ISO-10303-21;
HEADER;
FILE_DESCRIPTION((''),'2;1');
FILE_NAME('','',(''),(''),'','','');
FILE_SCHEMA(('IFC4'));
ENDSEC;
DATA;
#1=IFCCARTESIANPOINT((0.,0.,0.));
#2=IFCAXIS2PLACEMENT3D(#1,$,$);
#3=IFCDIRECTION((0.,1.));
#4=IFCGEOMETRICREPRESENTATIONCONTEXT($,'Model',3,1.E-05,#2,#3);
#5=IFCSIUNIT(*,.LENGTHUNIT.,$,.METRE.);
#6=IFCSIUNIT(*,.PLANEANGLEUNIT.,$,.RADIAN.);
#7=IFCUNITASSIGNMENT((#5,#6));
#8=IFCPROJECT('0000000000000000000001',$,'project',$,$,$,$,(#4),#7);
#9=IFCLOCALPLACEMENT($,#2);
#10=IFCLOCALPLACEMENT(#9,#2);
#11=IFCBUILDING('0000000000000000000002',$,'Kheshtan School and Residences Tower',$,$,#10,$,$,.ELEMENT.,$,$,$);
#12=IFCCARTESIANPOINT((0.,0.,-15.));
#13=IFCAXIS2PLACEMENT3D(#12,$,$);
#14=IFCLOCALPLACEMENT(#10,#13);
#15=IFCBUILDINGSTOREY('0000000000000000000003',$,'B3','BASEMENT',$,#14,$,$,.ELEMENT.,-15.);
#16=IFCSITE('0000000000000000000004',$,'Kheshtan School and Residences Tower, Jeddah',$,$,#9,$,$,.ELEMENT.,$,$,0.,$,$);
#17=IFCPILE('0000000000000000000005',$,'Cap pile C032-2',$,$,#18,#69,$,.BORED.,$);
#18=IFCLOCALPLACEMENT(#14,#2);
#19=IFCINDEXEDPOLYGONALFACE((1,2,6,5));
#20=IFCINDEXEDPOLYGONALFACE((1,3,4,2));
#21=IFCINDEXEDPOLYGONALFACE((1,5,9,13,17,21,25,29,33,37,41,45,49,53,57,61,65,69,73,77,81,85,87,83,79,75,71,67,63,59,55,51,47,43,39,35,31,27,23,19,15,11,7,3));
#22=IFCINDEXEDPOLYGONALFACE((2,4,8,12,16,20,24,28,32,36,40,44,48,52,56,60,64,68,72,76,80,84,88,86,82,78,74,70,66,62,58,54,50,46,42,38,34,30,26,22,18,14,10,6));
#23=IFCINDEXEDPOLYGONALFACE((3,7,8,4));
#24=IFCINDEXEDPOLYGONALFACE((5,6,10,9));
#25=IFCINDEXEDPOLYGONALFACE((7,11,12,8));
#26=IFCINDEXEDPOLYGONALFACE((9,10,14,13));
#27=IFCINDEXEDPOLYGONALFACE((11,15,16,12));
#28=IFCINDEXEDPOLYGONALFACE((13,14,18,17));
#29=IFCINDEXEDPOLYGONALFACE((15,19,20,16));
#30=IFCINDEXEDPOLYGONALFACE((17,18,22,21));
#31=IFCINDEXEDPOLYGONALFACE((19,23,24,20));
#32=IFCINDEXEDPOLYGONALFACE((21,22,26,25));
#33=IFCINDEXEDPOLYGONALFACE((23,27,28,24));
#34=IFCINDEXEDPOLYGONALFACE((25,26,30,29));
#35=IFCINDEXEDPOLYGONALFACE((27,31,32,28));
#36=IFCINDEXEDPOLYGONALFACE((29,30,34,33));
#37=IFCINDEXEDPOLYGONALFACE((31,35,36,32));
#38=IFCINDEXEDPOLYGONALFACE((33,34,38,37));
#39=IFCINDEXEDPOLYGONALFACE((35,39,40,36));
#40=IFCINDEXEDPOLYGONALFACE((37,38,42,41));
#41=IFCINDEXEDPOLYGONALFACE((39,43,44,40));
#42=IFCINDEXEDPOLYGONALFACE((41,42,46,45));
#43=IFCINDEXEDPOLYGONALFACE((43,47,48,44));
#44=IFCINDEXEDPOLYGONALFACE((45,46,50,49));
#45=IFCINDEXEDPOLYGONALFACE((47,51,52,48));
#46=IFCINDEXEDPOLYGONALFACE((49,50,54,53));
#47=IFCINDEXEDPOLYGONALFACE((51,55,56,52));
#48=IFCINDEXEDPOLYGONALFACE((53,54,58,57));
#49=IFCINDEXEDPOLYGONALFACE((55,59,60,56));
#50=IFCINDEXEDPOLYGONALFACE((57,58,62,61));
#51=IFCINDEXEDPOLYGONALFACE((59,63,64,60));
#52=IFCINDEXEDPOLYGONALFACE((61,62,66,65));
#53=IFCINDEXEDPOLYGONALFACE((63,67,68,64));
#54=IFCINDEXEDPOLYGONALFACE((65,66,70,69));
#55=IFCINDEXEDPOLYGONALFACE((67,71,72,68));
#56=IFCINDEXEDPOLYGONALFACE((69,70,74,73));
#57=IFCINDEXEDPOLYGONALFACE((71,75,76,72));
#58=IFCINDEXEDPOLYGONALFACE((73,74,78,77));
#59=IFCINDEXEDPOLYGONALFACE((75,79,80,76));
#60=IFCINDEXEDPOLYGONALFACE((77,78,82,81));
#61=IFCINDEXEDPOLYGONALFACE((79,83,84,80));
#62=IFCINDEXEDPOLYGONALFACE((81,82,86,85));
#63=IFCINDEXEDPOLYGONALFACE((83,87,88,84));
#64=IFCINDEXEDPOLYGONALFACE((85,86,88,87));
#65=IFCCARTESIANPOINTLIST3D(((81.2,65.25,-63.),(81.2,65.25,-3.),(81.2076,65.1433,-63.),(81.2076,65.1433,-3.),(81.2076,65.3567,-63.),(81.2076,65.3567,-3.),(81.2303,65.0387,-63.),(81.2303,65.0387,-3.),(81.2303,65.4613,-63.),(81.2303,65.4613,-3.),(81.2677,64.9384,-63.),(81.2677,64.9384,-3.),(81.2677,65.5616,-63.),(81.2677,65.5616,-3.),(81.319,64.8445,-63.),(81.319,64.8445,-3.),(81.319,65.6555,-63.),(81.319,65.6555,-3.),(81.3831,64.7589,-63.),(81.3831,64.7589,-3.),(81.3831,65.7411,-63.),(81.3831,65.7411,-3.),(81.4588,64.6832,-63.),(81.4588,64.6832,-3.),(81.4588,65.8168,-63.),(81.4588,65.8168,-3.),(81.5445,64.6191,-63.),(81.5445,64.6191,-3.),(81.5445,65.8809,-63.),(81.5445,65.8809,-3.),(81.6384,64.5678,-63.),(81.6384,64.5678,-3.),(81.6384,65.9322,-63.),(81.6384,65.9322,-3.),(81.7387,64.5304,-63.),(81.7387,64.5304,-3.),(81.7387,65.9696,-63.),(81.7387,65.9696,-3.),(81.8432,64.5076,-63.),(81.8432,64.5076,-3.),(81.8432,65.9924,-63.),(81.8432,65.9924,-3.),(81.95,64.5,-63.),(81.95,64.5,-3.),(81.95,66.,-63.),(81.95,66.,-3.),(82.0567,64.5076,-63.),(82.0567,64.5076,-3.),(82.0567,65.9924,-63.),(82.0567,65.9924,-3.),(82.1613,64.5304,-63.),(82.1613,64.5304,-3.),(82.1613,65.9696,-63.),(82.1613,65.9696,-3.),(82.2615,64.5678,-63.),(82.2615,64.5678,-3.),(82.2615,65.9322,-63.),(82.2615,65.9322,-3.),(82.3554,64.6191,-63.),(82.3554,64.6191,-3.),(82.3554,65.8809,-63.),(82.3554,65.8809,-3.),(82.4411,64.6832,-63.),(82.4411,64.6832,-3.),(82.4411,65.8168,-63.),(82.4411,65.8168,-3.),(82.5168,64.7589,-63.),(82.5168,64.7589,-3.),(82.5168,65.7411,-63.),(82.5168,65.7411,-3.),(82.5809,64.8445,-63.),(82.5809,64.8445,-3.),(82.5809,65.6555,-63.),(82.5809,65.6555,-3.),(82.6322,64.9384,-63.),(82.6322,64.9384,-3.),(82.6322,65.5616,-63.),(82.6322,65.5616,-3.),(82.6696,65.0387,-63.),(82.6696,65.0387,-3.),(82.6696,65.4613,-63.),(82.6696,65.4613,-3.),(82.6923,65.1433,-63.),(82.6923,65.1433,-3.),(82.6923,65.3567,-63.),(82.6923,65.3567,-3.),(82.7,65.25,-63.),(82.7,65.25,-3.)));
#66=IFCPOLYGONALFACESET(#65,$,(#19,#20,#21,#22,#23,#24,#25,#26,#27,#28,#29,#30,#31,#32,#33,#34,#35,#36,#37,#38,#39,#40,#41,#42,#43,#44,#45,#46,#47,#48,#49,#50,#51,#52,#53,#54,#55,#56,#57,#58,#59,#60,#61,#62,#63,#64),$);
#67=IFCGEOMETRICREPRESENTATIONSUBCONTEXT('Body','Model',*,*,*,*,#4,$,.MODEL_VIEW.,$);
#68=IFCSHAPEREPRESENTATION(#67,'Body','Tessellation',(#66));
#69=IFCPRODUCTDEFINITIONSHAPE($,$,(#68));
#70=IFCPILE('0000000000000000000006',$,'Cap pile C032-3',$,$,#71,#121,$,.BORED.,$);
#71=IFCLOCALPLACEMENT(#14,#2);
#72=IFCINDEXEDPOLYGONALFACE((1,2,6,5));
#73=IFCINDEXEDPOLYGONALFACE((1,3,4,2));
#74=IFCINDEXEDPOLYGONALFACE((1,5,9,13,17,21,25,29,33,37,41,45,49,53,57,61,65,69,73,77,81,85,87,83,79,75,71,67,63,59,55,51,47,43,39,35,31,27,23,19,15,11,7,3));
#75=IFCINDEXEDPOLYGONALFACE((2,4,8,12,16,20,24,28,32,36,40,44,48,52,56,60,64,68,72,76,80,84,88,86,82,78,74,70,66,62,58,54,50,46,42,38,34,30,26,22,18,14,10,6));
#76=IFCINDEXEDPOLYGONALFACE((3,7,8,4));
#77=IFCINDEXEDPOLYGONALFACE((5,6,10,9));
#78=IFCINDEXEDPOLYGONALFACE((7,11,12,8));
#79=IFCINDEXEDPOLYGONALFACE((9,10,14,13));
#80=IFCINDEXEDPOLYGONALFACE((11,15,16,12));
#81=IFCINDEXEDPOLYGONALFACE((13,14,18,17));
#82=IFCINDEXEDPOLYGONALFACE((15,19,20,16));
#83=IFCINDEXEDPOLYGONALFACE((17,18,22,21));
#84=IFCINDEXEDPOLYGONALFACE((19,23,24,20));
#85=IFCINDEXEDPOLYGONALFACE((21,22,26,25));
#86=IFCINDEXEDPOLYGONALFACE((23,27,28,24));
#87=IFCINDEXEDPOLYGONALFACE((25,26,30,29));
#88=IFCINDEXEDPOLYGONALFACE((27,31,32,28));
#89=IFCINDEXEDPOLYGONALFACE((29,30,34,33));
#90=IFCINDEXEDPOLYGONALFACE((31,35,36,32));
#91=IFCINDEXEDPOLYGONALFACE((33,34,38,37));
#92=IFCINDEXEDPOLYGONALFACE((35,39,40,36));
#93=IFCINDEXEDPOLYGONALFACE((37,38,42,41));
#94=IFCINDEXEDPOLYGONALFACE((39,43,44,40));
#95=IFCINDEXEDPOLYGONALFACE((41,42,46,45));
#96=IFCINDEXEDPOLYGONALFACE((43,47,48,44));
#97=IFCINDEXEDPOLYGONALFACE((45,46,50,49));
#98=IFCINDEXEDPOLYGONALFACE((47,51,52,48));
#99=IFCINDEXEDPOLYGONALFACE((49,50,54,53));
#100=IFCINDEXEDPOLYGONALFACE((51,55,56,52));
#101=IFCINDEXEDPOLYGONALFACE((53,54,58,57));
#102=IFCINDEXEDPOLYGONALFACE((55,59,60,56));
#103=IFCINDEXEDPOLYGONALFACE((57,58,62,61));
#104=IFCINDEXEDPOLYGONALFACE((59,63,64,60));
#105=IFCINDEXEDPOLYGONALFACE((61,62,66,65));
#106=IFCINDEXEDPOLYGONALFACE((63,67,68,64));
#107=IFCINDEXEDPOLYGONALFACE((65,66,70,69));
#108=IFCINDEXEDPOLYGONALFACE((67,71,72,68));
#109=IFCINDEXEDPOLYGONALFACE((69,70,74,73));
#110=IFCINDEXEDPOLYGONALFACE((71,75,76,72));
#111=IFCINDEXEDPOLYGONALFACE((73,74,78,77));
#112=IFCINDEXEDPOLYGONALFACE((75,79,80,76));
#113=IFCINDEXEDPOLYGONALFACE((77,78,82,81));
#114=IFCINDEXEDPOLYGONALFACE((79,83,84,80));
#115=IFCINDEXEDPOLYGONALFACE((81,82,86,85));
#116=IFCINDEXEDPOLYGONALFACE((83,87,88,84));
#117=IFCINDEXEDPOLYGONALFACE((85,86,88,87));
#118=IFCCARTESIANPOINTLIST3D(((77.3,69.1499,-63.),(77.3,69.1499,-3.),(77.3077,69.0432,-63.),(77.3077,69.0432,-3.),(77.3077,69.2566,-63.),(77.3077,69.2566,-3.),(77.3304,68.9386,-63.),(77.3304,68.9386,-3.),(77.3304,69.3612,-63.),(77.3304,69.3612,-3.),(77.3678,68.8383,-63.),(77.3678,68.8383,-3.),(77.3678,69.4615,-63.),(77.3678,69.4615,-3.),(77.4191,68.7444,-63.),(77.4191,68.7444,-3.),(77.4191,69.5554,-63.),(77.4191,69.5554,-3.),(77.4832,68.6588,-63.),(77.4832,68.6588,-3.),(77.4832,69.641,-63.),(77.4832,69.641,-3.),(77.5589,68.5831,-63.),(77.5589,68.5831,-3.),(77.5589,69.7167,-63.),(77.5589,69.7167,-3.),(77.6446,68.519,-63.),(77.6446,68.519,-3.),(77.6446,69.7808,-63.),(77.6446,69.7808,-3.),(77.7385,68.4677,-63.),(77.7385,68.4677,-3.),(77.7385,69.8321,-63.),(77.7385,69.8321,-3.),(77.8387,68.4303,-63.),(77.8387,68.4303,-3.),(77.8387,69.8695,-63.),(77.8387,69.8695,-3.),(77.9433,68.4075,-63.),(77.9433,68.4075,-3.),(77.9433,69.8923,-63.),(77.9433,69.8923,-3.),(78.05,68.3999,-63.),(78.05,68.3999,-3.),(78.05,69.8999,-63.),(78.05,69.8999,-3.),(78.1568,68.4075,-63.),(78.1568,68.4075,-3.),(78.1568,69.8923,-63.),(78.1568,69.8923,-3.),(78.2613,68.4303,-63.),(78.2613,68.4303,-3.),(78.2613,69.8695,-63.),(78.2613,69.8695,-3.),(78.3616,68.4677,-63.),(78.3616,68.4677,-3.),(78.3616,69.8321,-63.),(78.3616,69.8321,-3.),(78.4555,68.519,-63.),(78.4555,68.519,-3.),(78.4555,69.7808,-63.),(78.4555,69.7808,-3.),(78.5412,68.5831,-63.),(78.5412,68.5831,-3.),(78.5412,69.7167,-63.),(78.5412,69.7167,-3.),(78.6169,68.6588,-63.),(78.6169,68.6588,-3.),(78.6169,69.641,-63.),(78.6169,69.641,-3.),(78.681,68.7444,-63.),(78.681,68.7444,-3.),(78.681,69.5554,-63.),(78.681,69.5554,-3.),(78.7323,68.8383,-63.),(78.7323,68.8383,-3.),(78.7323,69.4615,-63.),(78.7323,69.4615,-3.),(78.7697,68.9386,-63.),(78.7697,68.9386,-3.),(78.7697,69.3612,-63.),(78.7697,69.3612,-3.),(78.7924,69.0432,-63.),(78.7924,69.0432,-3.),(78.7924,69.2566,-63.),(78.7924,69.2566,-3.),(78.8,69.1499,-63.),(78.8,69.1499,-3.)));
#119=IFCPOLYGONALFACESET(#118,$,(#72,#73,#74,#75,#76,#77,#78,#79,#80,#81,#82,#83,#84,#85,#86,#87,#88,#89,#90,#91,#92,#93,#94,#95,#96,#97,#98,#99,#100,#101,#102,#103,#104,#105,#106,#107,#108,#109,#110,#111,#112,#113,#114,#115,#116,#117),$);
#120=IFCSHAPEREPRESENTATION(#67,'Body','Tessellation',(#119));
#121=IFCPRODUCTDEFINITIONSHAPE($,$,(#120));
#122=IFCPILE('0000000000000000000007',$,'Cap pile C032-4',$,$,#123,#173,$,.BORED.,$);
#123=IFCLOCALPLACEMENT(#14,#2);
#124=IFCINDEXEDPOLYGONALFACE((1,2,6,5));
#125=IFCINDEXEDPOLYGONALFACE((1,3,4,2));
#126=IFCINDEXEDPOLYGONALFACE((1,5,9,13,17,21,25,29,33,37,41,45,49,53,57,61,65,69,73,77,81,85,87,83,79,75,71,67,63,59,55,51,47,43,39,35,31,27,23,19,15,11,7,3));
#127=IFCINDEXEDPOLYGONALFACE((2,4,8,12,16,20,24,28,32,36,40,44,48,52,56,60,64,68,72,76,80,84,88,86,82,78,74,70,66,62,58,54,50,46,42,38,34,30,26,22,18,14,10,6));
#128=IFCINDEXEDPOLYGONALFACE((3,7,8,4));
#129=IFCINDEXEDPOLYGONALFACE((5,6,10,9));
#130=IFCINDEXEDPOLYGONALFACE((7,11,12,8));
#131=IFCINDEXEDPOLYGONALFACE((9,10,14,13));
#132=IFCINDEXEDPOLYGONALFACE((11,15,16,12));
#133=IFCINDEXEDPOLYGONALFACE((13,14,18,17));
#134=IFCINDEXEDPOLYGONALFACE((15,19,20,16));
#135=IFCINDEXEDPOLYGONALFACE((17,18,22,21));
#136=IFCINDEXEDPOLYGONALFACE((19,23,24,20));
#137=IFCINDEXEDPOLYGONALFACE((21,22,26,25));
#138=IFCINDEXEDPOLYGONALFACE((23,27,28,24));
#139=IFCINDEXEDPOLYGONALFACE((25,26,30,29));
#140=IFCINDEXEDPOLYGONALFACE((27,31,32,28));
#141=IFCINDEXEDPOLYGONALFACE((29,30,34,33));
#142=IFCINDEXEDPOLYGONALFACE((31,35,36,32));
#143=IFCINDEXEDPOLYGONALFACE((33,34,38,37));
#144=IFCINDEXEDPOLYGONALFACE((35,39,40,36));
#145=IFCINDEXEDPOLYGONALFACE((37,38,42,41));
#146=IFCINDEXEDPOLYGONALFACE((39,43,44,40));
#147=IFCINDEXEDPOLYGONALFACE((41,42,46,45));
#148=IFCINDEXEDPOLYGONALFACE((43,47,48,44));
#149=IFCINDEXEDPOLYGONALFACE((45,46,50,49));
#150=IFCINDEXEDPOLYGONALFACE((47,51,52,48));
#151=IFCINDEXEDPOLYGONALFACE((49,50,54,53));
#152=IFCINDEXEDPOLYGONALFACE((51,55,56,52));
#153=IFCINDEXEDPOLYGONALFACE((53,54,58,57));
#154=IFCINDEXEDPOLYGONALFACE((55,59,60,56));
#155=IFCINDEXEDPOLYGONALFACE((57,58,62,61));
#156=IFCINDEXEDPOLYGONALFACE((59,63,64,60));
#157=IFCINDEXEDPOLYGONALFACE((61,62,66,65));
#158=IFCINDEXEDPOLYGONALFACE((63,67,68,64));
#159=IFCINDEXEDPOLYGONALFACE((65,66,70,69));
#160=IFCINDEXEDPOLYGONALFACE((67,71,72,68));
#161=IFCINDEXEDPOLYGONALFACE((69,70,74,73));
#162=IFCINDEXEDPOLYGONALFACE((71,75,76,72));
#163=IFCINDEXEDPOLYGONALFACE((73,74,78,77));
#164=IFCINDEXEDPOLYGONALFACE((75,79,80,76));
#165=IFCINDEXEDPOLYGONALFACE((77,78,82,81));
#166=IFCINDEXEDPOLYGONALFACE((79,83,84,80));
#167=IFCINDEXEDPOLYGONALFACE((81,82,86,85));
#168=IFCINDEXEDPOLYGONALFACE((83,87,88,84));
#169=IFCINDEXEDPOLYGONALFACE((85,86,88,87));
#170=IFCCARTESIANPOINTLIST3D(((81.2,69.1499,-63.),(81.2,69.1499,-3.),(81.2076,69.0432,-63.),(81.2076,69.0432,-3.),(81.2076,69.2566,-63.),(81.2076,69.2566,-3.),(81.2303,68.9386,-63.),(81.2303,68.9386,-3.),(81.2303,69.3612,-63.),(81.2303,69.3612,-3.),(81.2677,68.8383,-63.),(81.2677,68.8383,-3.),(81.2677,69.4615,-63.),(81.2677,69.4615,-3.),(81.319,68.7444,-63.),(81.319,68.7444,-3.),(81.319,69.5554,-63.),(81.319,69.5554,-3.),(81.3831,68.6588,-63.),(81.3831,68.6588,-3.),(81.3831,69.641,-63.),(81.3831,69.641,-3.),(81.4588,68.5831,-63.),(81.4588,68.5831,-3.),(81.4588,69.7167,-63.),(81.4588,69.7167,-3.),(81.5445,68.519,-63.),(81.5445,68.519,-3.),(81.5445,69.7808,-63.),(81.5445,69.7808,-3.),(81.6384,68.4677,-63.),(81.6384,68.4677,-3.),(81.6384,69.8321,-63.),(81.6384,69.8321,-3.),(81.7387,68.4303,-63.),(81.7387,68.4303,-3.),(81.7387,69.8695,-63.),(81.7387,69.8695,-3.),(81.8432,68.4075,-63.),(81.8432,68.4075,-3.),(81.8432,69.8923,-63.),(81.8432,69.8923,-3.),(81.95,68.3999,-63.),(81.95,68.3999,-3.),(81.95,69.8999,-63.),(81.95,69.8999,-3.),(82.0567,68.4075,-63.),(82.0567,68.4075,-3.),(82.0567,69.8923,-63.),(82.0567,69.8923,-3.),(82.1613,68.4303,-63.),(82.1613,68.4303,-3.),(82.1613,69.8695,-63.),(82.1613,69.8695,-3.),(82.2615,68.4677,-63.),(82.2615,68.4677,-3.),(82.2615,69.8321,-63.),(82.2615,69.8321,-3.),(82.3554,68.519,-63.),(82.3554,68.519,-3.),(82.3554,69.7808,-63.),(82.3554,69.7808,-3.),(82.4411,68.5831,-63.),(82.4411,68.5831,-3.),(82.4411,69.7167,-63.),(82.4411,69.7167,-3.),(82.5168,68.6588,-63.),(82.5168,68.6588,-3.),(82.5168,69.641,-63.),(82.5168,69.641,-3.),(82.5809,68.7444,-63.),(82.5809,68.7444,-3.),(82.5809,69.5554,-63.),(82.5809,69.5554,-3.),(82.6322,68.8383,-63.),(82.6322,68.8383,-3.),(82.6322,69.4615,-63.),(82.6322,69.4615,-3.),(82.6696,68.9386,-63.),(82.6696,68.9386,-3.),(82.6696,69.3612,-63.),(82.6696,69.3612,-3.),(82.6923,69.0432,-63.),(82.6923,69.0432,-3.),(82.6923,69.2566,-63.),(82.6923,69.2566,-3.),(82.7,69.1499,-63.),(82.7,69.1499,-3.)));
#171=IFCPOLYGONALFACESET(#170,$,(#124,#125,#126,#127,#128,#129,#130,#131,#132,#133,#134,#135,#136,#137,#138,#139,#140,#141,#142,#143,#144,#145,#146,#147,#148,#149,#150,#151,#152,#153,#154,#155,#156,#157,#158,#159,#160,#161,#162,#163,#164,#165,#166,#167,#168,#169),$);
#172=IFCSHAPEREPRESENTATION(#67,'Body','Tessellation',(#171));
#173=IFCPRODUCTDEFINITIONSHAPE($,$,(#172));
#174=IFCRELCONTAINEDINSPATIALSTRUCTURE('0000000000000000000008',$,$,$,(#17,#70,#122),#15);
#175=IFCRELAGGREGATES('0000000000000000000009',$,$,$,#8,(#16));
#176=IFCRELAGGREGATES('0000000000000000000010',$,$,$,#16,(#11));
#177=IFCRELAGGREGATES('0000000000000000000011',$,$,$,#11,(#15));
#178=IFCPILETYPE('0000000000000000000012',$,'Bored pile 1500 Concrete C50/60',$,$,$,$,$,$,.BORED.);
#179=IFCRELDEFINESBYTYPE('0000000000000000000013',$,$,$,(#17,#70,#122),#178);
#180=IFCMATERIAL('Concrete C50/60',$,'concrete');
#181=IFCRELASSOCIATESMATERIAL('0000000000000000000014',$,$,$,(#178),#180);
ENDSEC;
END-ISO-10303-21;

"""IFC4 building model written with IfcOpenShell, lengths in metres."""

from ifc_helpers import new_model, si_unit, direction, frame, origin, origin_2d, place, context, subcontext, project, spatial, circle, extrude, material, material_profile, profile_set, type_object, element, save


model = new_model("IFC4")

# Units and contexts
model_context = context("Model", 3, precision=1e-05, world=origin(), true_north=direction((0.0, 1.0)))
body_context = subcontext(model_context, "Body", "Model", "MODEL_VIEW")
ifc_project = project(units=[si_unit("LENGTHUNIT", "METRE"), si_unit("PLANEANGLEUNIT", "RADIAN")], contexts=[model_context])

# Site, building, storey
site_placement = place(None, origin())
site = spatial("IfcSite", under=ifc_project, at=site_placement, Name="Kheshtan School and Residences Tower, Jeddah", CompositionType="ELEMENT", RefElevation=0.0)
building_placement = place(site_placement, origin())
building = spatial("IfcBuilding", under=site, at=building_placement, Name="Kheshtan School and Residences Tower", CompositionType="ELEMENT")
storey_placement = place(building_placement, frame((0.0, 0.0, -15.0)))
storey = spatial("IfcBuildingStorey", under=building, at=storey_placement, Name="B3", Description="BASEMENT", CompositionType="ELEMENT", Elevation=-15.0)

# Piles
ifc_material_1 = material(Name="Concrete C50/60", Category="concrete")
ifc_material_profile_1 = material_profile(ifc_material_1, circle(Radius=0.75, at=origin_2d()), Name="BP 1500")
ifc_profile_set_1 = profile_set([ifc_material_profile_1], Name="Concrete C50/60")
pile_type = type_object("IfcPileType", Name="Bored pile 1500 Concrete C50/60", PredefinedType="BORED", material=ifc_profile_set_1)
for number, where, z_axis, x_axis, name in (
    (1, (81.95, 65.25, -3.0), (0.0, 0.0, -1.0), (1.0, 0.0, 0.0), "Cap pile C032-2"),
    (2, (78.05, 69.1499, -3.0), (0.0, 0.0, -1.0), (1.0, 0.0, 0.0), "Cap pile C032-3"),
    (3, (81.95, 69.1499, -3.0), (0.0, 0.0, -1.0), (1.0, 0.0, 0.0), "Cap pile C032-4"),
):
    element("IfcPile", number, at=place(storey_placement, frame(where, z_axis=z_axis, x_axis=x_axis)), inside=storey, type_object=pile_type, Name=name, PredefinedType="BORED", context=body_context, shape_type="SweptSolid", body=[
        extrude(circle(Radius=0.75, at=origin_2d()), origin(), (0.0, 0.0, 1.0), 60.0),
    ])

save(model, "model.ifc")
